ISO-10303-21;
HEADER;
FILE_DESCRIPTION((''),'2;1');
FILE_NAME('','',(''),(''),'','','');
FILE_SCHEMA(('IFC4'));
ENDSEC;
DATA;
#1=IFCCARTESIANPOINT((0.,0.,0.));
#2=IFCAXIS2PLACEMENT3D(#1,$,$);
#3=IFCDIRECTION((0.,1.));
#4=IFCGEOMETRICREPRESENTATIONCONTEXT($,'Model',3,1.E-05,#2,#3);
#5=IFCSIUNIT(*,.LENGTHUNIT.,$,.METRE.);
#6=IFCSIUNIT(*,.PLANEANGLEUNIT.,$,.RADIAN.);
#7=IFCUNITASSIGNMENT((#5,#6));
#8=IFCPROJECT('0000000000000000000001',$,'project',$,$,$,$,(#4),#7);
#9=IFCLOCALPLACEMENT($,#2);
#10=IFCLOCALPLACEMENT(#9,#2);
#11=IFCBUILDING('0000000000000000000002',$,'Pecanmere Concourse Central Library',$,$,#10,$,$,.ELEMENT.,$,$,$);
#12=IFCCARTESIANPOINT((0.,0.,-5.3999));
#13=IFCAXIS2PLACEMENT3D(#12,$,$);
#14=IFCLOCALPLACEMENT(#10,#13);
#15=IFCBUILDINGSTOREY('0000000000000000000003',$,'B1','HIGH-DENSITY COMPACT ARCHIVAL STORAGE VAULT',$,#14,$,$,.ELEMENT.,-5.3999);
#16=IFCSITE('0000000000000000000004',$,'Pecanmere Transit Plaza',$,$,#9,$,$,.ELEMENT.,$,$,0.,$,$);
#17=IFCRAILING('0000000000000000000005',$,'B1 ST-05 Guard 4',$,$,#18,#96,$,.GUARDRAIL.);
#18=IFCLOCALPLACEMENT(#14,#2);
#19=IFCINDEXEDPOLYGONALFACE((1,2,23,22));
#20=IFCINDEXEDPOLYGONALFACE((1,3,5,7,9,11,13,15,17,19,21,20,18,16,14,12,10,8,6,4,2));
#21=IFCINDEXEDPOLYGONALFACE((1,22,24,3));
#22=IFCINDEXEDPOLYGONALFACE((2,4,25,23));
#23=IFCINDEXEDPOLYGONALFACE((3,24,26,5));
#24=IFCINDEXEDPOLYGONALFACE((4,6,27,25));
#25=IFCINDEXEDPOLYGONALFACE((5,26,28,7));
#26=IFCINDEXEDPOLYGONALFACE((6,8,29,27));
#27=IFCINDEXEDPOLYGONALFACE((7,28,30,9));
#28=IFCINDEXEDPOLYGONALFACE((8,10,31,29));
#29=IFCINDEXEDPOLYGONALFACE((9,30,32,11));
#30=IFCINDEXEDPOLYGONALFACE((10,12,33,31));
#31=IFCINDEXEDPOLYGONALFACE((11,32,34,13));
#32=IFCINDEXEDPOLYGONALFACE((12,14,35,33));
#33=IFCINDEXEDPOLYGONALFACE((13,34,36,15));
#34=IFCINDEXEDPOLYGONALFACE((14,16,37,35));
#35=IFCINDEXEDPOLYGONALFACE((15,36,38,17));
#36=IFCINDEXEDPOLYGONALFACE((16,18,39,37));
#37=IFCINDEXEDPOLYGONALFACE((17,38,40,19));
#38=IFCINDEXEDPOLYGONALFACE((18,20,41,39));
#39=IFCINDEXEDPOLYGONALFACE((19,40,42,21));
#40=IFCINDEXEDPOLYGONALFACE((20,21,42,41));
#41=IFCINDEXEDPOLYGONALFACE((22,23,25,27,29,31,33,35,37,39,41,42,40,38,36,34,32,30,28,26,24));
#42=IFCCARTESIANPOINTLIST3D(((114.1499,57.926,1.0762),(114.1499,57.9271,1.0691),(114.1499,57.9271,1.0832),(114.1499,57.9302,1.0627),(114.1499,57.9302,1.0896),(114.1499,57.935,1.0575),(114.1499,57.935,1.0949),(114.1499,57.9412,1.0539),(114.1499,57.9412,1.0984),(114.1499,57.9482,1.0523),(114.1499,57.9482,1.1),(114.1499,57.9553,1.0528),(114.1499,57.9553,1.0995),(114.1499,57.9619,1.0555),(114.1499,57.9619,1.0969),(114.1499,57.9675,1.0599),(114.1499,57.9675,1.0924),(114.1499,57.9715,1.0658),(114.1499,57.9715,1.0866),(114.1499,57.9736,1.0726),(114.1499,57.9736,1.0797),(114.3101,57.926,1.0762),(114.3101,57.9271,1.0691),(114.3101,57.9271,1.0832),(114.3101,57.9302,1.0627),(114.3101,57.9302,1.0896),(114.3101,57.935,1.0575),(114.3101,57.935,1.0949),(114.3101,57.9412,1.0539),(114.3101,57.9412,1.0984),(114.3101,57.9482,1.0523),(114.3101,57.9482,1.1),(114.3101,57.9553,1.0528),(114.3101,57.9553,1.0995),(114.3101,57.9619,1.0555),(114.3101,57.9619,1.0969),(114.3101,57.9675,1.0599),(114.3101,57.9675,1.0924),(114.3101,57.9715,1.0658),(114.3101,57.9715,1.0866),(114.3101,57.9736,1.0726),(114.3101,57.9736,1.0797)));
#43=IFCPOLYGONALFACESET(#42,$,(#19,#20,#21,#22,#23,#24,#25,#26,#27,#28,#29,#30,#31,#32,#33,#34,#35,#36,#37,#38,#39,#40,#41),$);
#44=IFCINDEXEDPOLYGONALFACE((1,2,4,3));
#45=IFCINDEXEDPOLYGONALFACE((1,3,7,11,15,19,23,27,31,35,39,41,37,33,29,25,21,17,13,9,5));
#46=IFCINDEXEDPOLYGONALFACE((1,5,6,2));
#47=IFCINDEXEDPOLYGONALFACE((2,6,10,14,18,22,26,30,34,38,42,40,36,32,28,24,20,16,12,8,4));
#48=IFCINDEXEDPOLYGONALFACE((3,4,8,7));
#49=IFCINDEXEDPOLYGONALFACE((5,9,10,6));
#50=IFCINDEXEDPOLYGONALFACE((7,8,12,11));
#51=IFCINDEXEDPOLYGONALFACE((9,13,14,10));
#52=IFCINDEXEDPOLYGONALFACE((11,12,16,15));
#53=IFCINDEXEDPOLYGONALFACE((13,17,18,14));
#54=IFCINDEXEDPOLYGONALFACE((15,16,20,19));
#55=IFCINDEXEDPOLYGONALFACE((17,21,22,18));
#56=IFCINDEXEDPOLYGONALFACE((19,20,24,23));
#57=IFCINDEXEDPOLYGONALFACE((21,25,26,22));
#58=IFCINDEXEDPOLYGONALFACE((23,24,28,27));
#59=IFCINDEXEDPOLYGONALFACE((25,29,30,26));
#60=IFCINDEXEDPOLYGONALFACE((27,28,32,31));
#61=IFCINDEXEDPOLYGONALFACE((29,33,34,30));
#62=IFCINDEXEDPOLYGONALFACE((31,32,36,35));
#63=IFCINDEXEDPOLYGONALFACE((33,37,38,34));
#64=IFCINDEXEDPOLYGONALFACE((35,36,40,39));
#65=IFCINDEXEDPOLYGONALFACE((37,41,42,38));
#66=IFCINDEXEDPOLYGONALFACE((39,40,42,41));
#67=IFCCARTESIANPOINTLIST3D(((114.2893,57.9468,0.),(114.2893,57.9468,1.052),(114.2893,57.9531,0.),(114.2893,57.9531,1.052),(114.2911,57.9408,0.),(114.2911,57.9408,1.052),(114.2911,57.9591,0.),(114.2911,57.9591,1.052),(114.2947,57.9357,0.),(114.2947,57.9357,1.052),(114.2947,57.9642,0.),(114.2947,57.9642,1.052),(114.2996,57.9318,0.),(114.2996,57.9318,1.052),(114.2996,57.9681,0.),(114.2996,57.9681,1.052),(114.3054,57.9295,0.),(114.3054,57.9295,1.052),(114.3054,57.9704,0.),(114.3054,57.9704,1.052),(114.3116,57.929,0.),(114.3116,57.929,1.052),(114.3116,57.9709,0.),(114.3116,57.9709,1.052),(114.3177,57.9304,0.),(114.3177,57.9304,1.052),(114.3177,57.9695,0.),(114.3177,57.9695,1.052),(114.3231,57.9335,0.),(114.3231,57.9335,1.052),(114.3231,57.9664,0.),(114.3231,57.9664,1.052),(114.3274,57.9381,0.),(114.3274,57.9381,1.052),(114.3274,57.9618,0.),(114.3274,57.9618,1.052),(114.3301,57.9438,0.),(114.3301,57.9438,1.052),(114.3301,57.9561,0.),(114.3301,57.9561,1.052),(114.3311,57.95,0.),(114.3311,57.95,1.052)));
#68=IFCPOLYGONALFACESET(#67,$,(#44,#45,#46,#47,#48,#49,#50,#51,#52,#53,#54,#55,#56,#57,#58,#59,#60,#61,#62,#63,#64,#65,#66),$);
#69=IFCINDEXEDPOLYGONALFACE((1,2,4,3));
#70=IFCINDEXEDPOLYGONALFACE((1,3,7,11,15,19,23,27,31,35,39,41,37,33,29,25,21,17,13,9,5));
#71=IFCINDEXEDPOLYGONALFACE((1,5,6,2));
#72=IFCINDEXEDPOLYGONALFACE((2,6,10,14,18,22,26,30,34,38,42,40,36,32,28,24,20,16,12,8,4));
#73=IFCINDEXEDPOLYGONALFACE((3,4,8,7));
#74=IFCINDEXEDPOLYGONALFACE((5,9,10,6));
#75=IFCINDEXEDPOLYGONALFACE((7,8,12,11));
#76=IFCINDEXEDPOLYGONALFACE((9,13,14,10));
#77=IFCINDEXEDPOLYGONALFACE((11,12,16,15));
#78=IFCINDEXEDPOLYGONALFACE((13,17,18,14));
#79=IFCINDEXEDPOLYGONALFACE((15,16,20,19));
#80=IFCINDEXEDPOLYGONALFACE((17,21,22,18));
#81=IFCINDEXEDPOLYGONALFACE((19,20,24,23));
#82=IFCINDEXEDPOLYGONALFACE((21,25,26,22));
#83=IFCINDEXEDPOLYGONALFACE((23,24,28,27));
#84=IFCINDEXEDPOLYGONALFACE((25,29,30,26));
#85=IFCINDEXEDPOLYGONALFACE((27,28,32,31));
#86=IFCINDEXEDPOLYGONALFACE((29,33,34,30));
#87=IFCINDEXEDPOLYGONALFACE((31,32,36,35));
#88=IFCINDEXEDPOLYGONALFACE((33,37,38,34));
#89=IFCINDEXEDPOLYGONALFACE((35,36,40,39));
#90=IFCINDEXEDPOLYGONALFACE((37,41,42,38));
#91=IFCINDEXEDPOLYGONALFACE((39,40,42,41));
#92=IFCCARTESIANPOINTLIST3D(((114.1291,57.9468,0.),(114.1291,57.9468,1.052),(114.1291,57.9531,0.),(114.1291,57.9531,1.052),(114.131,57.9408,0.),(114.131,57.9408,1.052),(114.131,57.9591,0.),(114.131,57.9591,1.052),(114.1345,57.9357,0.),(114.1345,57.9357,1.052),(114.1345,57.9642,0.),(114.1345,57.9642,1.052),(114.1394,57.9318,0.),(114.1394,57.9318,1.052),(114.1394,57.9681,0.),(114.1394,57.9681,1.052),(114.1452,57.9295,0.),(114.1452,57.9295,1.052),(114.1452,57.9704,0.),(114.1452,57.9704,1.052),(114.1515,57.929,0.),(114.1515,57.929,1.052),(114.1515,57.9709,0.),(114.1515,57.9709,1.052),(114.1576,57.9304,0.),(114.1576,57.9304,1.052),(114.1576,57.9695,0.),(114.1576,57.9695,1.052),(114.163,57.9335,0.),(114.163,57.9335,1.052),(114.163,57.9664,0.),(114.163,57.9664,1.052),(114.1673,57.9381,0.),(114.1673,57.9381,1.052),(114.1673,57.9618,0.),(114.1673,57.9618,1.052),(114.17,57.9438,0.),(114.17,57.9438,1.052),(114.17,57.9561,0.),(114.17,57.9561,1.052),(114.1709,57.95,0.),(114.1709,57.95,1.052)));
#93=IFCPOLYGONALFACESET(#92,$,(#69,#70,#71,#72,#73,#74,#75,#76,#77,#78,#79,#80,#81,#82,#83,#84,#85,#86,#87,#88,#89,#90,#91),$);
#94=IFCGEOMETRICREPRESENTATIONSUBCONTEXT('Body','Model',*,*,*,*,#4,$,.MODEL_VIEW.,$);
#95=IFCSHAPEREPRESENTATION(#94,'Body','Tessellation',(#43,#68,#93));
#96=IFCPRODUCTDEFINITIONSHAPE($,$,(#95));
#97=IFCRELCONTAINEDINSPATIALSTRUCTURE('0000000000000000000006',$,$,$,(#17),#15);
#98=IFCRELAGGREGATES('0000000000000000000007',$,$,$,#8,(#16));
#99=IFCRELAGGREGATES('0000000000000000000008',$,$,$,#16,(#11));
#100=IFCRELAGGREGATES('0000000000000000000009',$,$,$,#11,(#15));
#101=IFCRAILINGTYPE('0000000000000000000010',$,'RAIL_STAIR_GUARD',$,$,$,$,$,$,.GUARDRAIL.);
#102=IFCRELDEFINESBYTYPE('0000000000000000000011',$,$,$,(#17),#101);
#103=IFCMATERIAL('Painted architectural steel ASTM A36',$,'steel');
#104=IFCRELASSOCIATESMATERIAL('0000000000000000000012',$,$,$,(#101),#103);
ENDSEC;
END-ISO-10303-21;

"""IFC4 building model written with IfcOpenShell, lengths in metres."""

from ifc_helpers import new_model, si_unit, direction, frame, origin, origin_2d, place, context, subcontext, project, spatial, circle, extrude, material, type_object, element, save


model = new_model("IFC4")

# Units and contexts
model_context = context("Model", 3, precision=1e-05, world=origin(), true_north=direction((0.0, 1.0)))
body_context = subcontext(model_context, "Body", "Model", "MODEL_VIEW")
ifc_project = project(units=[si_unit("LENGTHUNIT", "METRE"), si_unit("PLANEANGLEUNIT", "RADIAN")], contexts=[model_context])

# Site, building, storey
site_placement = place(None, origin())
site = spatial("IfcSite", under=ifc_project, at=site_placement, Name="Pecanmere Transit Plaza", CompositionType="ELEMENT", RefElevation=0.0)
building_placement = place(site_placement, origin())
building = spatial("IfcBuilding", under=site, at=building_placement, Name="Pecanmere Concourse Central Library", CompositionType="ELEMENT")
storey_placement = place(building_placement, frame((0.0, 0.0, -5.3999)))
storey = spatial("IfcBuildingStorey", under=building, at=storey_placement, Name="B1", Description="HIGH-DENSITY COMPACT ARCHIVAL STORAGE VAULT", CompositionType="ELEMENT", Elevation=-5.3999)

# Railing
ifc_material_1 = material(Name="Painted architectural steel ASTM A36", Category="steel")
railing_type_1 = type_object("IfcRailingType", Name="RAIL_STAIR_GUARD", PredefinedType="GUARDRAIL", material=ifc_material_1)
railing_1_placement = place(storey_placement, frame((114.3101, 57.95, 0.0)))
element("IfcRailing", 1, at=railing_1_placement, inside=storey, type_object=railing_type_1, Name="B1 ST-05 Guard 4", PredefinedType="GUARDRAIL", context=body_context, shape_type="SweptSolid", body=[
    extrude(circle(Radius=0.0239, at=origin_2d()), frame((0.0, 0.0, 1.0762), z_axis=(-1.0, 0.0, 0.0), x_axis=(0.0, -1.0, 0.0)), (0.0, 0.0, 1.0), 0.1602),
    extrude(circle(Radius=0.021, at=origin_2d()), origin(), (0.0, 0.0, 1.0), 1.052),
    extrude(circle(Radius=0.021, at=origin_2d()), frame((-0.1602, 0.0, 0.0)), (0.0, 0.0, 1.0), 1.052),
])

save(model, "model.ifc")
